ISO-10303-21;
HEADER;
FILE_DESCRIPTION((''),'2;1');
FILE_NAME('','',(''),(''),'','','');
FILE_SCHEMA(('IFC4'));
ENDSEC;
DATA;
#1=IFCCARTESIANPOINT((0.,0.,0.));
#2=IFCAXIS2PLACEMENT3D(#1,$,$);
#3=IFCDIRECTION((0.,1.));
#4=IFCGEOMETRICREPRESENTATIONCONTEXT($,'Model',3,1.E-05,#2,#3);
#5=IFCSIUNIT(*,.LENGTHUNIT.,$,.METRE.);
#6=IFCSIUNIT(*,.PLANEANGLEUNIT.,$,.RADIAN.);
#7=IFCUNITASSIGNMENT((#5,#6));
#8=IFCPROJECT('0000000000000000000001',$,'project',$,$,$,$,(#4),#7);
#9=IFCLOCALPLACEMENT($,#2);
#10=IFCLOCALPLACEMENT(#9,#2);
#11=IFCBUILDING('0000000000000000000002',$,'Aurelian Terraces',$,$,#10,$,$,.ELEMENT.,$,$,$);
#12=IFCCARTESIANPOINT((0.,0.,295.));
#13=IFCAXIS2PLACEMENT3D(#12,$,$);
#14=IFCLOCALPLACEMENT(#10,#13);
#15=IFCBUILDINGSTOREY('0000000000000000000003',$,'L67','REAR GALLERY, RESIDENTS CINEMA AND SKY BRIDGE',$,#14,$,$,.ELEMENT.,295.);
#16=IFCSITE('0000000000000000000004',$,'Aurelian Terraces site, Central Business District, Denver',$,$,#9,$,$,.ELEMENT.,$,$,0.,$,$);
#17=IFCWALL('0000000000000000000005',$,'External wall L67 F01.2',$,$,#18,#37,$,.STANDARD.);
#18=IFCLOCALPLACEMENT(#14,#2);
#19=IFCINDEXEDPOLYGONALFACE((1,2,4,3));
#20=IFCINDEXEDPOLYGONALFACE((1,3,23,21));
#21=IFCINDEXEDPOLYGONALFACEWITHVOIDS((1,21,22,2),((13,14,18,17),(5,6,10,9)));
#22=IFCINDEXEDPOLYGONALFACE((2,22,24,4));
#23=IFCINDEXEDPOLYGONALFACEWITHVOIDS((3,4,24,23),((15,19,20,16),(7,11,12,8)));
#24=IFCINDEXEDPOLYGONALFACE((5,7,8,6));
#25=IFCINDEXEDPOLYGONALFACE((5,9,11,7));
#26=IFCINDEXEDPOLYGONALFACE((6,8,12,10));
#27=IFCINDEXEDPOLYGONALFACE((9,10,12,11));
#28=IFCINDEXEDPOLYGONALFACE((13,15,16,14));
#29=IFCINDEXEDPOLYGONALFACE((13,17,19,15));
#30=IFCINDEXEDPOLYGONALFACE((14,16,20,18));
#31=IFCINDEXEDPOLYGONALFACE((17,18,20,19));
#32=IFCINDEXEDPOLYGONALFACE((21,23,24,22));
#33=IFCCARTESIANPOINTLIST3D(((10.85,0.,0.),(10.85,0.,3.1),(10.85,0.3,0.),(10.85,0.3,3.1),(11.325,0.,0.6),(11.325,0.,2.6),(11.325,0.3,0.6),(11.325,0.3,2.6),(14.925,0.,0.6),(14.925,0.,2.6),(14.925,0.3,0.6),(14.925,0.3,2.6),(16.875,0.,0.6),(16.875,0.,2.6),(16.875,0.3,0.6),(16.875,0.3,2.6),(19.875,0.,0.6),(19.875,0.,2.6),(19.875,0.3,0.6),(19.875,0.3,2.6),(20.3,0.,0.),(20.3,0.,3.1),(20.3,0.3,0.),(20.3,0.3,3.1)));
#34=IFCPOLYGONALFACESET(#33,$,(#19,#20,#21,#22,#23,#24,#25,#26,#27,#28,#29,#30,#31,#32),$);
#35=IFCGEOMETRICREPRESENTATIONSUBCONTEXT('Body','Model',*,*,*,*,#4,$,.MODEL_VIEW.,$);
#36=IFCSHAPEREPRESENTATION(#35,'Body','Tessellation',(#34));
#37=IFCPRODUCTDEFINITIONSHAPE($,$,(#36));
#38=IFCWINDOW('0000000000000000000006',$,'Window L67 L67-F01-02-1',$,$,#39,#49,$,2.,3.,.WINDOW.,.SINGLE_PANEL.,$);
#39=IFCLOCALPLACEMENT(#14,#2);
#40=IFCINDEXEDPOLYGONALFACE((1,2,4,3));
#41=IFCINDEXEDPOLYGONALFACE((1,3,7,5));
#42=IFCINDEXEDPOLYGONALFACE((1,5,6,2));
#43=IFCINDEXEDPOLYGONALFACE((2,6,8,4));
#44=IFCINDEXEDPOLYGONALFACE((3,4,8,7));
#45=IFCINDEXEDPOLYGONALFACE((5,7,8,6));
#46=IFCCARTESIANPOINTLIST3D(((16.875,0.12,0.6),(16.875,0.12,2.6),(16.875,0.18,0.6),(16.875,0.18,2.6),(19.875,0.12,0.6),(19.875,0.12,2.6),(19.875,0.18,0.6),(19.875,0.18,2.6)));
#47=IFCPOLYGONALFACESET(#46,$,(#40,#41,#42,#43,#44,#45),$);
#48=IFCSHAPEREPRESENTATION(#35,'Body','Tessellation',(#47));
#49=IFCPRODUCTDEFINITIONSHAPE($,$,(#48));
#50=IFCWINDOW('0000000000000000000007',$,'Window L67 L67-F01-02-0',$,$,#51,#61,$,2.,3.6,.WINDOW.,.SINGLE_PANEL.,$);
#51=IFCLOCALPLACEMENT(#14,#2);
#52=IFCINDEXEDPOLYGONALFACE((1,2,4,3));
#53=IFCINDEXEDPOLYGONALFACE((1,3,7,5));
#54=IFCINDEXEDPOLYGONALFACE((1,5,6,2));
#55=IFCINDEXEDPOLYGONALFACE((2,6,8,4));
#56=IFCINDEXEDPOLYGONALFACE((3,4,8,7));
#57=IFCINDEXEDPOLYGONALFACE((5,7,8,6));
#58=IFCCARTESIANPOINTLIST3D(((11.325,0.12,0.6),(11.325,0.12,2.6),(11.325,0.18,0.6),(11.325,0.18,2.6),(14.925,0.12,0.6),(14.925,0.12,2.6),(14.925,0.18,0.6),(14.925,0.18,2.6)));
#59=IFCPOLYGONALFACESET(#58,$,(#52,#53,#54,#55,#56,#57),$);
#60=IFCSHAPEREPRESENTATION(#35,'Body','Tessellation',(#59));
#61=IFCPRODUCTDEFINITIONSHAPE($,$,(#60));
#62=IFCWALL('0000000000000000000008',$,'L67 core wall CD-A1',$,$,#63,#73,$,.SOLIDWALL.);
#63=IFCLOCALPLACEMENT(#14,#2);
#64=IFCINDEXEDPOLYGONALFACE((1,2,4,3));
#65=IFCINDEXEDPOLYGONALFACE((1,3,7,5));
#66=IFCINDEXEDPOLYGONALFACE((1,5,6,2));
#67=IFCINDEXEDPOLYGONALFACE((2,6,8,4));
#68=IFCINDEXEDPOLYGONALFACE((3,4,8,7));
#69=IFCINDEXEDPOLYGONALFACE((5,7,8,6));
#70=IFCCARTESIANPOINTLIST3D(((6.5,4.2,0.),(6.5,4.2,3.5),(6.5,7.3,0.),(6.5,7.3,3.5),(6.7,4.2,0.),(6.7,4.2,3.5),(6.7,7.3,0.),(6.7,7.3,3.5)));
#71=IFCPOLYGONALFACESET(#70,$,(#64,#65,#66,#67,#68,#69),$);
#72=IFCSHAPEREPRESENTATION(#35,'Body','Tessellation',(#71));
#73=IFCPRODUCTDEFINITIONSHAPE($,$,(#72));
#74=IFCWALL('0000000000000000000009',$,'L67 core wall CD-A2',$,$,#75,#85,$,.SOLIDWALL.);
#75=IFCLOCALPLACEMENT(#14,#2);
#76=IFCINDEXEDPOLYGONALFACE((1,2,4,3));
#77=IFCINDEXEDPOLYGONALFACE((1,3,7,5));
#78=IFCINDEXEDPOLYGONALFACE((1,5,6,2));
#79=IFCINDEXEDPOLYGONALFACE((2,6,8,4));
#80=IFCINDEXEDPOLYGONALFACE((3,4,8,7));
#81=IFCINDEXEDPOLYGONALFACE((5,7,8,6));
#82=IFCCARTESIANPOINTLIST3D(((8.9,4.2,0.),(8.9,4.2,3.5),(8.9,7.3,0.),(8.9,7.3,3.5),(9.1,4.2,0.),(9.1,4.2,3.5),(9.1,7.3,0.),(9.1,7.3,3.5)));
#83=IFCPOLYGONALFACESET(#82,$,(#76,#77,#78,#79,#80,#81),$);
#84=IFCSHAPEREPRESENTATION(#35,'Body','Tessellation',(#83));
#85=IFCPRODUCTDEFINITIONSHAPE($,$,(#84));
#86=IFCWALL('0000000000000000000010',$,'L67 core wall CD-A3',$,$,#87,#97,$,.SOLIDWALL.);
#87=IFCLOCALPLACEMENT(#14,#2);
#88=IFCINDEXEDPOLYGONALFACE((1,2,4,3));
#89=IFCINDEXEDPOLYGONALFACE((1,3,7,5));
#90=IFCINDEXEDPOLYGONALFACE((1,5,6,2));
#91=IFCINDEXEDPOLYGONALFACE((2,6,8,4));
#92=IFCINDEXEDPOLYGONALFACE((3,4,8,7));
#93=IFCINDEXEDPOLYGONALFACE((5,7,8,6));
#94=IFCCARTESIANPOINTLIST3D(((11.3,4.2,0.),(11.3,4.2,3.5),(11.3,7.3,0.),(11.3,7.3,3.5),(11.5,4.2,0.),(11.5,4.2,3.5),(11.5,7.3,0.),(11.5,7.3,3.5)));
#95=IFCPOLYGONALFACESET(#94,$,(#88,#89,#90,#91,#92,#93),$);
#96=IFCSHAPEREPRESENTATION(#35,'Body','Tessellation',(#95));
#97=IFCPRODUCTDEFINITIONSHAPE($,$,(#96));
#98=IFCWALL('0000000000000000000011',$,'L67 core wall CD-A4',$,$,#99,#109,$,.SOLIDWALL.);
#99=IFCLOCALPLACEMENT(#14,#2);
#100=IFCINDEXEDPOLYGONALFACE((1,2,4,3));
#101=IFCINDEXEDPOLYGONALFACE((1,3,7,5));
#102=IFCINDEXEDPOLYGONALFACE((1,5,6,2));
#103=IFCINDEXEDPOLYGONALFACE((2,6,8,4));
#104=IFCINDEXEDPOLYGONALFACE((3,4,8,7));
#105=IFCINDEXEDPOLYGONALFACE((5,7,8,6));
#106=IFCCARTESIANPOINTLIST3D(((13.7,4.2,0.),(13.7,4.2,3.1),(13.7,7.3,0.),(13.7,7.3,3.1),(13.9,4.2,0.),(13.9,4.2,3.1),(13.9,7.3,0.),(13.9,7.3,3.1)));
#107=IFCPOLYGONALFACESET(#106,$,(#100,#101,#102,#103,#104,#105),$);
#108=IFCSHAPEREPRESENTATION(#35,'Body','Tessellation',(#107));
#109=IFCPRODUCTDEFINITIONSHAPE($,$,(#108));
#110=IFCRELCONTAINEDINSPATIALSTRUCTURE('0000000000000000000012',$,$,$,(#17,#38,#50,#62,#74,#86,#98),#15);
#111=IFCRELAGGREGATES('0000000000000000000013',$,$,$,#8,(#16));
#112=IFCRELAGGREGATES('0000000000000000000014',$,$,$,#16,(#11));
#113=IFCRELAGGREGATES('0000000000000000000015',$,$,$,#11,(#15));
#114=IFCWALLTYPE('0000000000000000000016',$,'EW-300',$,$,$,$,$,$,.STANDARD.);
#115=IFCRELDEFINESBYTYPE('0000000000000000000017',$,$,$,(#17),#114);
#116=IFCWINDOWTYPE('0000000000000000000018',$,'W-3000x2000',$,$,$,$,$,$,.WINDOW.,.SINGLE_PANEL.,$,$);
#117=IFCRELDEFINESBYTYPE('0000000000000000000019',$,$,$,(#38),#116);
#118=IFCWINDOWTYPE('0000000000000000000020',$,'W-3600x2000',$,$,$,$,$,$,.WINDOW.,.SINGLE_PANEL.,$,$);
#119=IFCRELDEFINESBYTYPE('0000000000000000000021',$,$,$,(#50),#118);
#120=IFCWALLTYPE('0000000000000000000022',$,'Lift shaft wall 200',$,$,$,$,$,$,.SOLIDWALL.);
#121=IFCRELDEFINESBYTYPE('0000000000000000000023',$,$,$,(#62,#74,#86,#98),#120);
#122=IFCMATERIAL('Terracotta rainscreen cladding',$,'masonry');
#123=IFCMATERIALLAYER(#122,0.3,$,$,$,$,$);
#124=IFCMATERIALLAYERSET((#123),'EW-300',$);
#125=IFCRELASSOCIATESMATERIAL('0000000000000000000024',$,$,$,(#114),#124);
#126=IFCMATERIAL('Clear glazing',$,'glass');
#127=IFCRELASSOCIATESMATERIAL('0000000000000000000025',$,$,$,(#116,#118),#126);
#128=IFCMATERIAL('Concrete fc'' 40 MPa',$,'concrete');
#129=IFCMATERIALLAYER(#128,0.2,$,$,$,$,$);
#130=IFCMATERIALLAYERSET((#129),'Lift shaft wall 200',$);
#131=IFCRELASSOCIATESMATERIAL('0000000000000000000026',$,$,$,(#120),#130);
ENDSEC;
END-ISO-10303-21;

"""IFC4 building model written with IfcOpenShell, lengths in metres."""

from ifc_helpers import new_model, si_unit, direction, frame, frame_2d, origin, place, context, subcontext, project, spatial, rectangle, extrude, source, transform, mapped, material, layer, layer_set, type_object, element, fill, save


model = new_model("IFC4")

# Units and contexts
model_context = context("Model", 3, precision=1e-05, world=origin(), true_north=direction((0.0, 1.0)))
body_context = subcontext(model_context, "Body", "Model", "MODEL_VIEW")
ifc_project = project(units=[si_unit("LENGTHUNIT", "METRE"), si_unit("PLANEANGLEUNIT", "RADIAN")], contexts=[model_context])

# Site, building, storey
site_placement = place(None, origin())
site = spatial("IfcSite", under=ifc_project, at=site_placement, Name="Aurelian Terraces site, Central Business District, Denver", CompositionType="ELEMENT", RefElevation=0.0)
building_placement = place(site_placement, origin())
building = spatial("IfcBuilding", under=site, at=building_placement, Name="Aurelian Terraces", CompositionType="ELEMENT")
storey_placement = place(building_placement, frame((0.0, 0.0, 295.0)))
storey = spatial("IfcBuildingStorey", under=building, at=storey_placement, Name="L67", Description="REAR GALLERY, RESIDENTS CINEMA AND SKY BRIDGE", CompositionType="ELEMENT", Elevation=295.0)

# Shared definitions
ifc_material_1 = material(Name="Terracotta rainscreen cladding", Category="masonry")
ifc_layer_1 = layer(ifc_material_1, 0.3)
ifc_layer_set_1 = layer_set([ifc_layer_1], Name="EW-300")
wall_type_1 = type_object("IfcWallType", Name="EW-300", PredefinedType="STANDARD", material=ifc_layer_set_1)
ifc_material_2 = material(Name="Clear glazing", Category="glass")

# Wall, openings, windows
shared_shape_1 = source(origin(), body_context, "Body", "SweptSolid", [
    extrude(rectangle(XDim=9.45, YDim=0.3, at=frame_2d((4.725, 0.0))), origin(), (0.0, 0.0, 1.0), 3.1),
])
wall_1_placement = place(storey_placement, frame((10.85, 0.15, 0.0), z_axis=(0.0, 0.0, 1.0), x_axis=(1.0, 0.0, 0.0)))
wall_1 = element("IfcWall", 1, at=wall_1_placement, inside=storey, type_object=wall_type_1, Name="External wall L67 F01.2", PredefinedType="STANDARD", context=body_context, shape_type="MappedRepresentation", body=[
    mapped(shared_shape_1, transform((0.0, 0.0, 0.0), scale=1.0)),
])
shared_shape_2 = source(origin(), body_context, "Body", "SweptSolid", [
    extrude(rectangle(XDim=3.6, YDim=2.0, at=frame_2d((1.8, 1.0))), frame((0.0, 0.16, 0.0), z_axis=(0.0, -1.0, 0.0), x_axis=(1.0, 0.0, 0.0)), (0.0, 0.0, 1.0), 0.32),
])
opening_1_placement = place(wall_1_placement, frame((0.475, 0.0, 0.6)))
opening_1 = element("IfcOpeningElement", 2, at=opening_1_placement, cuts=wall_1, PredefinedType="OPENING", context=body_context, shape_type="MappedRepresentation", body=[
    mapped(shared_shape_2, transform((0.0, 0.0, 0.0), scale=1.0)),
])
shared_shape_3 = source(origin(), body_context, "Body", "SweptSolid", [
    extrude(rectangle(XDim=3.0, YDim=2.0, at=frame_2d((1.5, 1.0))), frame((0.0, 0.16, 0.0), z_axis=(0.0, -1.0, 0.0), x_axis=(1.0, 0.0, 0.0)), (0.0, 0.0, 1.0), 0.32),
])
opening_2_placement = place(wall_1_placement, frame((6.025, 0.0, 0.6)))
opening_2 = element("IfcOpeningElement", 3, at=opening_2_placement, cuts=wall_1, PredefinedType="OPENING", context=body_context, shape_type="MappedRepresentation", body=[
    mapped(shared_shape_3, transform((0.0, 0.0, 0.0), scale=1.0)),
])
window_type_1 = type_object("IfcWindowType", Name="W-3000x2000", PartitioningType="SINGLE_PANEL", PredefinedType="WINDOW", material=ifc_material_2)
shared_shape_4 = source(origin(), body_context, "Body", "SweptSolid", [
    extrude(rectangle(XDim=3.0, YDim=2.0, at=frame_2d((1.5, 1.0))), frame((0.0, 0.03, 0.0), z_axis=(0.0, -1.0, 0.0), x_axis=(1.0, 0.0, 0.0)), (0.0, 0.0, 1.0), 0.06),
])
window_1_placement = place(opening_2_placement, origin())
window_1 = element("IfcWindow", 4, at=window_1_placement, inside=storey, type_object=window_type_1, Name="Window L67 L67-F01-02-1", OverallHeight=2.0, OverallWidth=3.0, PartitioningType="SINGLE_PANEL", PredefinedType="WINDOW", context=body_context, shape_type="MappedRepresentation", body=[
    mapped(shared_shape_4, transform((0.0, 0.0, 0.0), scale=1.0)),
])
fill(opening_2, window_1)
window_type_2 = type_object("IfcWindowType", Name="W-3600x2000", PartitioningType="SINGLE_PANEL", PredefinedType="WINDOW", material=ifc_material_2)
shared_shape_5 = source(origin(), body_context, "Body", "SweptSolid", [
    extrude(rectangle(XDim=3.6, YDim=2.0, at=frame_2d((1.8, 1.0))), frame((0.0, 0.03, 0.0), z_axis=(0.0, -1.0, 0.0), x_axis=(1.0, 0.0, 0.0)), (0.0, 0.0, 1.0), 0.06),
])
window_2_placement = place(opening_1_placement, origin())
window_2 = element("IfcWindow", 5, at=window_2_placement, inside=storey, type_object=window_type_2, Name="Window L67 L67-F01-02-0", OverallHeight=2.0, OverallWidth=3.6, PartitioningType="SINGLE_PANEL", PredefinedType="WINDOW", context=body_context, shape_type="MappedRepresentation", body=[
    mapped(shared_shape_5, transform((0.0, 0.0, 0.0), scale=1.0)),
])
fill(opening_1, window_2)

# Walls
ifc_material_3 = material(Name="Concrete fc' 40 MPa", Category="concrete")
ifc_layer_2 = layer(ifc_material_3, 0.2)
ifc_layer_set_2 = layer_set([ifc_layer_2], Name="Lift shaft wall 200")
wall_type_2 = type_object("IfcWallType", Name="Lift shaft wall 200", PredefinedType="SOLIDWALL", material=ifc_layer_set_2)
shared_shape_6 = source(origin(), body_context, "Body", "SweptSolid", [
    extrude(rectangle(XDim=3.1, YDim=0.2, at=frame_2d((1.55, 0.0))), origin(), (0.0, 0.0, 1.0), 3.5),
])
for number, where, z_axis, x_axis, name in (
    (6, (6.6, 4.2, 0.0), (0.0, 0.0, 1.0), (0.0, 1.0, 0.0), "L67 core wall CD-A1"),
    (7, (9.0, 4.2, 0.0), (0.0, 0.0, 1.0), (0.0, 1.0, 0.0), "L67 core wall CD-A2"),
    (8, (11.4, 4.2, 0.0), (0.0, 0.0, 1.0), (0.0, 1.0, 0.0), "L67 core wall CD-A3"),
):
    element("IfcWall", number, at=place(storey_placement, frame(where, z_axis=z_axis, x_axis=x_axis)), inside=storey, type_object=wall_type_2, Name=name, PredefinedType="SOLIDWALL", context=body_context, shape_type="MappedRepresentation", body=[
        mapped(shared_shape_6, transform((0.0, 0.0, 0.0), scale=1.0)),
    ])
shared_shape_7 = source(origin(), body_context, "Body", "SweptSolid", [
    extrude(rectangle(XDim=3.1, YDim=0.2, at=frame_2d((1.55, 0.0))), origin(), (0.0, 0.0, 1.0), 3.1),
])
wall_2_placement = place(storey_placement, frame((13.8, 4.2, 0.0), z_axis=(0.0, 0.0, 1.0), x_axis=(0.0, 1.0, 0.0)))
element("IfcWall", 9, at=wall_2_placement, inside=storey, type_object=wall_type_2, Name="L67 core wall CD-A4", PredefinedType="SOLIDWALL", context=body_context, shape_type="MappedRepresentation", body=[
    mapped(shared_shape_7, transform((0.0, 0.0, 0.0), scale=1.0)),
])

save(model, "model.ifc")
